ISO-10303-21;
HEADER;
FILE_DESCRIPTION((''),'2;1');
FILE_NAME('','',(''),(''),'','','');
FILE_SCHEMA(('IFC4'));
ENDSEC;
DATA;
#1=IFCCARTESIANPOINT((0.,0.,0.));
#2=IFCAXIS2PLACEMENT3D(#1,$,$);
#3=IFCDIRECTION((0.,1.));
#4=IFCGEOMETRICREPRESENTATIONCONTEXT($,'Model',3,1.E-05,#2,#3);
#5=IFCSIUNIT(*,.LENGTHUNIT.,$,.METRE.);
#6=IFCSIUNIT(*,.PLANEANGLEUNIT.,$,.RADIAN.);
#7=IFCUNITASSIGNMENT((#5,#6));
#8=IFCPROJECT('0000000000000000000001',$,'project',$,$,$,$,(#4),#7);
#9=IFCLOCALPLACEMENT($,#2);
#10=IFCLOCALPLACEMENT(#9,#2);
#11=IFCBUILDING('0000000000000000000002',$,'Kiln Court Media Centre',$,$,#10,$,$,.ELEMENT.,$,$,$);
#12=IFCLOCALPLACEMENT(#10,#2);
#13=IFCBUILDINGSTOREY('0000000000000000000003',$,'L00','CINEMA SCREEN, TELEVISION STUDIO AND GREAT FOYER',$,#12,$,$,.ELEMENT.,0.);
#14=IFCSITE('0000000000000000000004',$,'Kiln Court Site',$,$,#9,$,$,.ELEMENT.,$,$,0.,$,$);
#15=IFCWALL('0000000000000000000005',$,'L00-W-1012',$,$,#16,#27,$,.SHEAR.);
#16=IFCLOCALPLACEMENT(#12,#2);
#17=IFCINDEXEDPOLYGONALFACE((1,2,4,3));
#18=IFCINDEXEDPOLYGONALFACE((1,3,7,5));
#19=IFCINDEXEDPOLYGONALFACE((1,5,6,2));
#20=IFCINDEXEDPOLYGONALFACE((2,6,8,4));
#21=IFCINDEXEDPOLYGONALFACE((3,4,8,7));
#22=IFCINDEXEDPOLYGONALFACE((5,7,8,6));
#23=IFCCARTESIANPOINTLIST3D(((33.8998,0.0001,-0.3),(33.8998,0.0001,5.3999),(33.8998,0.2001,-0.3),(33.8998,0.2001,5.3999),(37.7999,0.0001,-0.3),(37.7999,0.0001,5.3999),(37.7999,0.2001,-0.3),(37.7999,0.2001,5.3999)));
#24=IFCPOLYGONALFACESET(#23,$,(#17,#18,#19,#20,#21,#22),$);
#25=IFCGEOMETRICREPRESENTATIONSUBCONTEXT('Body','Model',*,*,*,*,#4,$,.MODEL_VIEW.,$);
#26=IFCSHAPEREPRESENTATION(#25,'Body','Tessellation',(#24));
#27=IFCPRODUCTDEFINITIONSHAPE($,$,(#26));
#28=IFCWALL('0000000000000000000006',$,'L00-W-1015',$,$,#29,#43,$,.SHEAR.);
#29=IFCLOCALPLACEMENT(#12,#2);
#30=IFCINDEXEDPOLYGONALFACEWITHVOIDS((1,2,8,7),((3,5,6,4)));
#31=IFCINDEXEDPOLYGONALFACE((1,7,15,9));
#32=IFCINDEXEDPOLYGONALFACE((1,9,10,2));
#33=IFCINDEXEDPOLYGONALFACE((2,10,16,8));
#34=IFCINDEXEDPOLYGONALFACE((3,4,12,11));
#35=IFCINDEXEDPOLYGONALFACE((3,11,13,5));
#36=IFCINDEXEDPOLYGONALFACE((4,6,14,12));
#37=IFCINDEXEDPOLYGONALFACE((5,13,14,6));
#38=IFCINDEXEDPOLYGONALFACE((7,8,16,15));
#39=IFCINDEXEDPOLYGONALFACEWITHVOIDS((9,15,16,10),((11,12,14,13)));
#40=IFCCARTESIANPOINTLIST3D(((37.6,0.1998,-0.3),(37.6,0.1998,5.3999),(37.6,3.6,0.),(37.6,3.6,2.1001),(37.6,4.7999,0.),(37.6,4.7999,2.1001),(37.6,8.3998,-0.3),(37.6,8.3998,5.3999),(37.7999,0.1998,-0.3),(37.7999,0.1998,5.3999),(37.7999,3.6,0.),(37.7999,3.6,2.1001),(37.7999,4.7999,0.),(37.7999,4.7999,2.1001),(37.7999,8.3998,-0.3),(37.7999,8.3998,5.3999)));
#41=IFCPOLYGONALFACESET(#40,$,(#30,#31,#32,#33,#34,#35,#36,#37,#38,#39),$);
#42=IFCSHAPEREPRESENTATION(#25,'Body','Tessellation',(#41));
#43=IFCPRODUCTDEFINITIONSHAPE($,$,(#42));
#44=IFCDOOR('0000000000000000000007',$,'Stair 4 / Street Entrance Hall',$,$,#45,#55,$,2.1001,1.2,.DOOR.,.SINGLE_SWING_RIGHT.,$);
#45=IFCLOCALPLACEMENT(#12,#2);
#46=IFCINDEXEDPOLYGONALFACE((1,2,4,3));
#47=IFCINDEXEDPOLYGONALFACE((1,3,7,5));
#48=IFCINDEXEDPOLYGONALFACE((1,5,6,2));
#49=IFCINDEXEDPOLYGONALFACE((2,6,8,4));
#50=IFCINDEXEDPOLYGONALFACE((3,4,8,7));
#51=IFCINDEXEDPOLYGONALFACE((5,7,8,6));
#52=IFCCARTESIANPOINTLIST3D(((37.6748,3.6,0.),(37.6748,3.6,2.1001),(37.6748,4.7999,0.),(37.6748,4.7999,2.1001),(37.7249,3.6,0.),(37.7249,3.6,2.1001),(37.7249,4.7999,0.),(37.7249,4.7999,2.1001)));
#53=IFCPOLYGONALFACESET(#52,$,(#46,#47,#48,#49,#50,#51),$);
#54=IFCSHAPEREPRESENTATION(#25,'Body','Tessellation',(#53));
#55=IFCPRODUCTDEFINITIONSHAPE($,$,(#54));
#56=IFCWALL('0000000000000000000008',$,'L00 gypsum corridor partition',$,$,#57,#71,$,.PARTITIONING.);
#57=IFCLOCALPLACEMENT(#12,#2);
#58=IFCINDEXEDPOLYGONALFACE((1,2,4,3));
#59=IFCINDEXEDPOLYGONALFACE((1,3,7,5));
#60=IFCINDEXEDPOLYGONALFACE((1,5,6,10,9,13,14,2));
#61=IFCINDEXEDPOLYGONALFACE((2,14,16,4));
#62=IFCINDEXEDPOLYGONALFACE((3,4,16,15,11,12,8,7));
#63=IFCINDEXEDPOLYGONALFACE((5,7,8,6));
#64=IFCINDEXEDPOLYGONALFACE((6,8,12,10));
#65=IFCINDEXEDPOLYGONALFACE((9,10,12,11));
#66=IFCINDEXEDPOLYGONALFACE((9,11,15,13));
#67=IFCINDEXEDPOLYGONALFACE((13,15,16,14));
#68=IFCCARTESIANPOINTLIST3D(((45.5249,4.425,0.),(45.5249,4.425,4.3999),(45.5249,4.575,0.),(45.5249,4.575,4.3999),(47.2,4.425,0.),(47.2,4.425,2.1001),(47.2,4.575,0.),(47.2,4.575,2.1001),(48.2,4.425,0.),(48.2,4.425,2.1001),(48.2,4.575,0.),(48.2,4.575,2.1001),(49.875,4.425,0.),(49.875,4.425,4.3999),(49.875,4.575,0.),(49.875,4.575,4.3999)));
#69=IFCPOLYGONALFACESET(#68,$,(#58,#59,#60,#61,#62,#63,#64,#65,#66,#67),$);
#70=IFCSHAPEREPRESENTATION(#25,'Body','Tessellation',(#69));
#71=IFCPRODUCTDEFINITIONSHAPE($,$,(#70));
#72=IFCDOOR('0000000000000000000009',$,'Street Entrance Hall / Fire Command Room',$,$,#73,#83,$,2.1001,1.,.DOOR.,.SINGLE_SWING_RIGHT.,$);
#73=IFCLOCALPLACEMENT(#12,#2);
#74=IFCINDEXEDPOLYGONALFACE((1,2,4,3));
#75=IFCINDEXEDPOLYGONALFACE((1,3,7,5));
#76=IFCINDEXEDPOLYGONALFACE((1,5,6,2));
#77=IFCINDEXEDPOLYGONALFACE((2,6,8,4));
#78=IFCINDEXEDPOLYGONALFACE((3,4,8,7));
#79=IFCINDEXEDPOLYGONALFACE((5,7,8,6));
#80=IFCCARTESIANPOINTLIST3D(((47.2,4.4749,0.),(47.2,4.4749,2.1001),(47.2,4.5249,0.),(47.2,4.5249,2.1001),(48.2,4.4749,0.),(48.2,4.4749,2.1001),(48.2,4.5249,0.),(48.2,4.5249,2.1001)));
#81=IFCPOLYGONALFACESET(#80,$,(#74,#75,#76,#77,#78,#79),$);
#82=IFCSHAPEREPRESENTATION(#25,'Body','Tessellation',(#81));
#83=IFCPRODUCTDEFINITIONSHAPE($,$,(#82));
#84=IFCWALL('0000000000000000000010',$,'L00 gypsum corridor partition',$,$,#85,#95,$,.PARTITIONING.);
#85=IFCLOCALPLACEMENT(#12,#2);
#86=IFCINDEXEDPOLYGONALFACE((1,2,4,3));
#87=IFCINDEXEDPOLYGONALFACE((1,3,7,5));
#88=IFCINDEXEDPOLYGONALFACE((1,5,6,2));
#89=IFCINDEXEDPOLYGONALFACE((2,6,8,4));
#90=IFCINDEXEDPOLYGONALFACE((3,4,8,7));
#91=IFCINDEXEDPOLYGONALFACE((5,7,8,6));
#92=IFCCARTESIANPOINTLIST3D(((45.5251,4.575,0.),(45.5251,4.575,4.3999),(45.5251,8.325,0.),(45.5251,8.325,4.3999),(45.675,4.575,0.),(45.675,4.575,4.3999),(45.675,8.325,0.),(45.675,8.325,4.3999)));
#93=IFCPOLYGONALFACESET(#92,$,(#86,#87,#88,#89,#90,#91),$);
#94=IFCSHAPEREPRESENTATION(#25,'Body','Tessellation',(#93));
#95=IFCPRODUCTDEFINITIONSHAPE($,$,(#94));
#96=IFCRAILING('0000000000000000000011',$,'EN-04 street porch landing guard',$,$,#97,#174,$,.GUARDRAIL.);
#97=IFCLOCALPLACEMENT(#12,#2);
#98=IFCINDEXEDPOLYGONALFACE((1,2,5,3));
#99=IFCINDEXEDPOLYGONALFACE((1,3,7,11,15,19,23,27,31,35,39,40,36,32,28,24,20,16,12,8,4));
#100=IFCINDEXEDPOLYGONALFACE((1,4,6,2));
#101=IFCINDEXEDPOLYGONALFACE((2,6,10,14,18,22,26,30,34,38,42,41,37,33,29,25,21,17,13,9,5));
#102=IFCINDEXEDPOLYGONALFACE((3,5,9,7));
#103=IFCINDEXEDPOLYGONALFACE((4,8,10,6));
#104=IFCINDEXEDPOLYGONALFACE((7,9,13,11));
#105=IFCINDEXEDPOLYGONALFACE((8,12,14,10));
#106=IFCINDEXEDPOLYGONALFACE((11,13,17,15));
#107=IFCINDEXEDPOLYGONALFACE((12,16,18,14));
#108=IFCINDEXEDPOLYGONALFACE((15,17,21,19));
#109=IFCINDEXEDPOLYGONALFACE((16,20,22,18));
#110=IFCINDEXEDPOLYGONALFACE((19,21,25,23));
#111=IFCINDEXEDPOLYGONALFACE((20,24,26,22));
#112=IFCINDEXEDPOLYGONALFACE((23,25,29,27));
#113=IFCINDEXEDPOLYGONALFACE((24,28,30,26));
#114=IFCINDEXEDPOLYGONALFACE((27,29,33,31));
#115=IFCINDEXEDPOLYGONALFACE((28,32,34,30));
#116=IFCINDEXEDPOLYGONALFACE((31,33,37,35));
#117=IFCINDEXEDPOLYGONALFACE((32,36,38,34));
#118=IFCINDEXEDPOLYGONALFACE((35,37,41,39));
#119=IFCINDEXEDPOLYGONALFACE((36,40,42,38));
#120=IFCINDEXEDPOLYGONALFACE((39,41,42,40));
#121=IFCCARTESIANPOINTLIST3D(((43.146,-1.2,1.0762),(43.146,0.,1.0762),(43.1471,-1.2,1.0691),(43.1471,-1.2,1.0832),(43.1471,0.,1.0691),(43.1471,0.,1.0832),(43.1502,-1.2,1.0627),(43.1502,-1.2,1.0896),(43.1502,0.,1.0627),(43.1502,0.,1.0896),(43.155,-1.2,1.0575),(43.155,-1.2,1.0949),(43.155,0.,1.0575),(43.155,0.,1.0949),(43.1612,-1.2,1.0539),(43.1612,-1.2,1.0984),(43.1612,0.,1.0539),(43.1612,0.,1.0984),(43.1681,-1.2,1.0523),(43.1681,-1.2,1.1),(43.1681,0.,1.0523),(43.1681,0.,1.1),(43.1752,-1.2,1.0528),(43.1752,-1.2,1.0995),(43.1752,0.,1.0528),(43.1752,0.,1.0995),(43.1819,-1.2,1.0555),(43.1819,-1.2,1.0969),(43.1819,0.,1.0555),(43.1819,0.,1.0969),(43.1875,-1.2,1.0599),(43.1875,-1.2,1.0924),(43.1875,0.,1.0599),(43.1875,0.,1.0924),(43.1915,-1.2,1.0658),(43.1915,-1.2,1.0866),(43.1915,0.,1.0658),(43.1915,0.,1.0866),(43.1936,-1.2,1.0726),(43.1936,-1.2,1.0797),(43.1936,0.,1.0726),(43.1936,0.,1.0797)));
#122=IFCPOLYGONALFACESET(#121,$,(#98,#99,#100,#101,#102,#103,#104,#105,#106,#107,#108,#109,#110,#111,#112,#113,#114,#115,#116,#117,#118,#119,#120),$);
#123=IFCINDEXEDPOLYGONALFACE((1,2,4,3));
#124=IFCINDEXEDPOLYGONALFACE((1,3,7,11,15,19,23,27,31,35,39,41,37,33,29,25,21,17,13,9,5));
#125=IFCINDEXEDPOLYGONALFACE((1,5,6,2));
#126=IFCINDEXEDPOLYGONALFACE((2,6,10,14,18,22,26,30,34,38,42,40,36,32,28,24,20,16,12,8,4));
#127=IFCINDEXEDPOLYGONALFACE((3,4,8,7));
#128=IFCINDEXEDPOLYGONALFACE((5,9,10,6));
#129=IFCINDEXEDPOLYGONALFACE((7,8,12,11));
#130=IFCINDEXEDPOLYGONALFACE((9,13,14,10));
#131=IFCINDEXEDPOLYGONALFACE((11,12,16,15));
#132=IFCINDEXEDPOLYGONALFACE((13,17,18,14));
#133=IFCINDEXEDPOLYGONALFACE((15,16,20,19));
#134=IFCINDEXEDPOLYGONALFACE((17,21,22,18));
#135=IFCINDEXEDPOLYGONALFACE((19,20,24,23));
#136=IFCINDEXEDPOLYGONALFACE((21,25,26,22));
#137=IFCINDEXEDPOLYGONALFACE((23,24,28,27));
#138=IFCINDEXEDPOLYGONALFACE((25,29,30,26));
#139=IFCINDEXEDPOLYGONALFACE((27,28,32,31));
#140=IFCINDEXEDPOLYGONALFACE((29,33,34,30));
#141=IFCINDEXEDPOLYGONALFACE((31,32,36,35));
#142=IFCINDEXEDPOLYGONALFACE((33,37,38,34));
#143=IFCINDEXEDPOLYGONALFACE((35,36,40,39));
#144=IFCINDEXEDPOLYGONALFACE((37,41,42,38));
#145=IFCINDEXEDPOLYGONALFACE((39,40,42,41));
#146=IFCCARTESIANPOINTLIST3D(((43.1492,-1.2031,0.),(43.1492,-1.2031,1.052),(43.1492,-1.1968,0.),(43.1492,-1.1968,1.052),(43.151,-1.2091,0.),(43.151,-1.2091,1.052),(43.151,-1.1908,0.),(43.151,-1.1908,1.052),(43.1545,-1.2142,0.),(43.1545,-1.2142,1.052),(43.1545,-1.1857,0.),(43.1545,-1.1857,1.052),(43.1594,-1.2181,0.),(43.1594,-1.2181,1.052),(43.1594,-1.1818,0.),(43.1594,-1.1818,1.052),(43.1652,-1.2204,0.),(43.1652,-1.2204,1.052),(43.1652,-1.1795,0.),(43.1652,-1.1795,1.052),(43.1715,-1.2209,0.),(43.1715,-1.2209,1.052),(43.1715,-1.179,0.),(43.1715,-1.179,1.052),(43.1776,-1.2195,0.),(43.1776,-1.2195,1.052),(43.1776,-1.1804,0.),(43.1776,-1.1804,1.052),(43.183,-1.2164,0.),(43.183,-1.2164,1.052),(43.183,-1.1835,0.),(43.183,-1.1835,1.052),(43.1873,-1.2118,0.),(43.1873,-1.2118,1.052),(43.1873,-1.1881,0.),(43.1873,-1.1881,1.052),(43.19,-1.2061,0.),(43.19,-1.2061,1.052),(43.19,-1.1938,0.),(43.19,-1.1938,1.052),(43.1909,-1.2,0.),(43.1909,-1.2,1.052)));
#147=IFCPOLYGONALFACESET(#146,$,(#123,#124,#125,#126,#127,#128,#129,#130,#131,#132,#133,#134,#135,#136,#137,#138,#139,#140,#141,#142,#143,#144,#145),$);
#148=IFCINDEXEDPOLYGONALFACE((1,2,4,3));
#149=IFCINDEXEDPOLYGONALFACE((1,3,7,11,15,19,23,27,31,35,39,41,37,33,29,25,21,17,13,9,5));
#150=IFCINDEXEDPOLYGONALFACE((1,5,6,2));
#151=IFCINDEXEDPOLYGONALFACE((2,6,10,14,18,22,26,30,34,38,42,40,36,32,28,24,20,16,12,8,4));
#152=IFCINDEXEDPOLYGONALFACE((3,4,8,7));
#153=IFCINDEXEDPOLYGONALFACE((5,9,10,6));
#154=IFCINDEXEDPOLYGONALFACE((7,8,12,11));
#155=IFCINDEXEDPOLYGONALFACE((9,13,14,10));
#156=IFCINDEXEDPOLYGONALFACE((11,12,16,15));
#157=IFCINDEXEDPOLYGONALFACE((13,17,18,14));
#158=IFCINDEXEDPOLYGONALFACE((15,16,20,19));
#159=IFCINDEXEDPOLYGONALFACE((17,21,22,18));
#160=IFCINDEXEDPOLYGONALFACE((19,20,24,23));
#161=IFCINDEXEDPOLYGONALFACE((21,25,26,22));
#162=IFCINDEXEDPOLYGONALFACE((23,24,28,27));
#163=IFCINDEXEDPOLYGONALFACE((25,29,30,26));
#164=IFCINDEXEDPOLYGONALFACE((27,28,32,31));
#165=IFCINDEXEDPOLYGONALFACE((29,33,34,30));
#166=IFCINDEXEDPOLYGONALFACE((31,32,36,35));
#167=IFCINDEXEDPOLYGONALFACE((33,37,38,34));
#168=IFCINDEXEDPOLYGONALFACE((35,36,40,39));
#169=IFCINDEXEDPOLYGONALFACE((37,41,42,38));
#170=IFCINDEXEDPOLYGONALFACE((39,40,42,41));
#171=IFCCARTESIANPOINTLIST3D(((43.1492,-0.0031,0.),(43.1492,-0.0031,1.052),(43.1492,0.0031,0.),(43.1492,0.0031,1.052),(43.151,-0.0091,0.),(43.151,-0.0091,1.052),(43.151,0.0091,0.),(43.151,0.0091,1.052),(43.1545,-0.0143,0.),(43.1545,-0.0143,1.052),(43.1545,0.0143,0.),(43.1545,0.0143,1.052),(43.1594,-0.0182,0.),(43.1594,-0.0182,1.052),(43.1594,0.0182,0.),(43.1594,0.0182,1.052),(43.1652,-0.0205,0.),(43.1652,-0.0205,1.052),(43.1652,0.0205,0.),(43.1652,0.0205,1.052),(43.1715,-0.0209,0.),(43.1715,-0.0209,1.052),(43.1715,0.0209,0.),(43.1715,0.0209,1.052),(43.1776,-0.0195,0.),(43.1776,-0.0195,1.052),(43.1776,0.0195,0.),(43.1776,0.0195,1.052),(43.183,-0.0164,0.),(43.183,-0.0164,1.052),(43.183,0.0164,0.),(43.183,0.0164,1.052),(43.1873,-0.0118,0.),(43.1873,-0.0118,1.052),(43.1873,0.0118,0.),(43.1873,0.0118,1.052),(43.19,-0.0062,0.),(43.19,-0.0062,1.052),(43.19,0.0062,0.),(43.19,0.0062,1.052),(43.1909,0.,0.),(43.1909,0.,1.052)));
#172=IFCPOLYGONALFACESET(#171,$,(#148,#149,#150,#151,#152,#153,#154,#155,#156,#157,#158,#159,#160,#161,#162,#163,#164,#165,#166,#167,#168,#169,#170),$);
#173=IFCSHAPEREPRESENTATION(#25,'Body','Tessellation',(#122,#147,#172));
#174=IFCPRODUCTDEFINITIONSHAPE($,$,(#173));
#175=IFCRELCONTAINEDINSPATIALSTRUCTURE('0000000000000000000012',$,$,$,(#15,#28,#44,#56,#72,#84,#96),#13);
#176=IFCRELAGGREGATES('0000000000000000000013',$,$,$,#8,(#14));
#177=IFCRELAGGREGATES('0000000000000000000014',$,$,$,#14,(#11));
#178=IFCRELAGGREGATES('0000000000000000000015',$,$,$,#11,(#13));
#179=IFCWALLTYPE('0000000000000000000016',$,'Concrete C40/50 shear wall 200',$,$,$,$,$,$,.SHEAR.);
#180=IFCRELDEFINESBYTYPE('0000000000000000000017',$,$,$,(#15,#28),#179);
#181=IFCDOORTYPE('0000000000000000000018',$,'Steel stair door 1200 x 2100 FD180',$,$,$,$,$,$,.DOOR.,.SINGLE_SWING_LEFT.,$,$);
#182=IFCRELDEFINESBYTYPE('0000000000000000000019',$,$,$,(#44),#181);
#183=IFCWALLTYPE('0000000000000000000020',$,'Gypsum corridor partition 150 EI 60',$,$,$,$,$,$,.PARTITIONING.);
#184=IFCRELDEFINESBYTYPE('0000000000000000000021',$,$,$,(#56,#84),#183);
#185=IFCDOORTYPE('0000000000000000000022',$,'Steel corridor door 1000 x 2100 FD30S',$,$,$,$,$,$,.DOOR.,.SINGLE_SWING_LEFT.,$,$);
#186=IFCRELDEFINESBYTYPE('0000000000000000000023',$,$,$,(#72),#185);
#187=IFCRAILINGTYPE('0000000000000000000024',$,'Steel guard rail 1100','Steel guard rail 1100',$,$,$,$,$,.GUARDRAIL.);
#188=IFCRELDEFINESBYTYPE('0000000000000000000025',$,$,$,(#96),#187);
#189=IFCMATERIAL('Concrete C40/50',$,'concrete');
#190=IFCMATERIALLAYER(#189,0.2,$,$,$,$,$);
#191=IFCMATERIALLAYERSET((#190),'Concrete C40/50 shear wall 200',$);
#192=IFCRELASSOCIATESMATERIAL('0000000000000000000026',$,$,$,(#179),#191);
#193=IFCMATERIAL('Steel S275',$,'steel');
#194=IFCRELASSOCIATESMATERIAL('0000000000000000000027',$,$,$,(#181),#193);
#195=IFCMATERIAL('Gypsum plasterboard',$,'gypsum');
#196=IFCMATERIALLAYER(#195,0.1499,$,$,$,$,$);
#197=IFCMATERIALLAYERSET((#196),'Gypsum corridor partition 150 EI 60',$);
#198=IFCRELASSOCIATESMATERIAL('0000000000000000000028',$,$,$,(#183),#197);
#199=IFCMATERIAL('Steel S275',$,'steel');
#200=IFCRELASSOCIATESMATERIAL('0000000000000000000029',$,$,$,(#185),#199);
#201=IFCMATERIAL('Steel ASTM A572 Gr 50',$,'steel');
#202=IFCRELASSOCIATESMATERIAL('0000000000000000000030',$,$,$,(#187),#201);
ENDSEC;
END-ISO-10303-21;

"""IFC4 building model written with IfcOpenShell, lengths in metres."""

from ifc_helpers import new_model, si_unit, direction, frame, frame_2d, origin, origin_2d, place, context, subcontext, project, spatial, rectangle, circle, extrude, material, layer, layer_set, type_object, element, fill, save


model = new_model("IFC4")

# Units and contexts
model_context = context("Model", 3, precision=1e-05, world=origin(), true_north=direction((0.0, 1.0)))
body_context = subcontext(model_context, "Body", "Model", "MODEL_VIEW")
ifc_project = project(units=[si_unit("LENGTHUNIT", "METRE"), si_unit("PLANEANGLEUNIT", "RADIAN")], contexts=[model_context])

# Site, building, storey
site_placement = place(None, origin())
site = spatial("IfcSite", under=ifc_project, at=site_placement, Name="Kiln Court Site", CompositionType="ELEMENT", RefElevation=0.0)
building_placement = place(site_placement, origin())
building = spatial("IfcBuilding", under=site, at=building_placement, Name="Kiln Court Media Centre", CompositionType="ELEMENT")
storey_placement = place(building_placement, origin())
storey = spatial("IfcBuildingStorey", under=building, at=storey_placement, Name="L00", Description="CINEMA SCREEN, TELEVISION STUDIO AND GREAT FOYER", CompositionType="ELEMENT", Elevation=0.0)

# Wall
ifc_material_1 = material(Name="Concrete C40/50", Category="concrete")
ifc_layer_1 = layer(ifc_material_1, 0.2)
ifc_layer_set_1 = layer_set([ifc_layer_1], Name="Concrete C40/50 shear wall 200")
wall_type_1 = type_object("IfcWallType", Name="Concrete C40/50 shear wall 200", PredefinedType="SHEAR", material=ifc_layer_set_1)
wall_1_placement = place(storey_placement, frame((37.8, 0.1001, -0.3), z_axis=(0.0, 0.0, 1.0), x_axis=(-1.0, 0.0, 0.0)))
element("IfcWall", 1, at=wall_1_placement, inside=storey, type_object=wall_type_1, Name="L00-W-1012", PredefinedType="SHEAR", context=body_context, shape_type="SweptSolid", body=[
    extrude(rectangle(XDim=3.9001, YDim=0.2, at=frame_2d((1.9502, 0.0))), origin(), (0.0, 0.0, 1.0), 5.7),
])

# Walls, openings, doors
wall_2_placement = place(storey_placement, frame((37.7, 8.3999, -0.3), z_axis=(0.0, 0.0, 1.0), x_axis=(0.0, -1.0, 0.0)))
wall_2 = element("IfcWall", 2, at=wall_2_placement, inside=storey, type_object=wall_type_1, Name="L00-W-1015", PredefinedType="SHEAR", context=body_context, shape_type="SweptSolid", body=[
    extrude(rectangle(XDim=8.2, YDim=0.2, at=frame_2d((4.1001, 0.0))), origin(), (0.0, 0.0, 1.0), 5.7),
])
opening_1_placement = place(wall_2_placement, frame((3.5999, 0.0, 0.3)))
opening_1 = element("IfcOpeningElement", 3, at=opening_1_placement, cuts=wall_2, PredefinedType="OPENING", context=body_context, shape_type="SweptSolid", body=[
    extrude(rectangle(XDim=1.2, YDim=2.1001, at=frame_2d((0.6001, 1.05))), frame((0.0, 0.1099, 0.0), z_axis=(0.0, -1.0, 0.0), x_axis=(1.0, 0.0, 0.0)), (0.0, 0.0, 1.0), 0.22),
])
ifc_material_2 = material(Name="Steel S275", Category="steel")
door_type_1 = type_object("IfcDoorType", Name="Steel stair door 1200 x 2100 FD180", OperationType="SINGLE_SWING_LEFT", PredefinedType="DOOR", material=ifc_material_2)
door_1_placement = place(opening_1_placement, origin())
door_1 = element("IfcDoor", 4, at=door_1_placement, inside=storey, type_object=door_type_1, Name="Stair 4 / Street Entrance Hall", OperationType="SINGLE_SWING_RIGHT", OverallHeight=2.1001, OverallWidth=1.2, PredefinedType="DOOR", context=body_context, shape_type="SweptSolid", body=[
    extrude(rectangle(XDim=1.2, YDim=2.1001, at=frame_2d((0.6001, 1.05))), frame((0.0, 0.0249, 0.0), z_axis=(0.0, -1.0, 0.0), x_axis=(1.0, 0.0, 0.0)), (0.0, 0.0, 1.0), 0.05),
])
fill(opening_1, door_1)
ifc_material_3 = material(Name="Gypsum plasterboard", Category="gypsum")
ifc_layer_2 = layer(ifc_material_3, 0.1499)
ifc_layer_set_2 = layer_set([ifc_layer_2], Name="Gypsum corridor partition 150 EI 60")
wall_type_2 = type_object("IfcWallType", Name="Gypsum corridor partition 150 EI 60", PredefinedType="PARTITIONING", material=ifc_layer_set_2)
wall_3_placement = place(storey_placement, frame((45.5249, 4.5, 0.0), z_axis=(0.0, 0.0, 1.0), x_axis=(1.0, 0.0, 0.0)))
wall_3 = element("IfcWall", 5, at=wall_3_placement, inside=storey, type_object=wall_type_2, Name="L00 gypsum corridor partition", PredefinedType="PARTITIONING", context=body_context, shape_type="SweptSolid", body=[
    extrude(rectangle(XDim=4.3501, YDim=0.1499, at=frame_2d((2.175, 0.0))), origin(), (0.0, 0.0, 1.0), 4.3999),
])
opening_2_placement = place(wall_3_placement, frame((1.675, 0.0, 0.0)))
opening_2 = element("IfcOpeningElement", 6, at=opening_2_placement, cuts=wall_3, PredefinedType="OPENING", context=body_context, shape_type="SweptSolid", body=[
    extrude(rectangle(XDim=1.0, YDim=2.1001, at=frame_2d((0.5, 1.05))), frame((0.0, 0.085, 0.0), z_axis=(0.0, -1.0, 0.0), x_axis=(1.0, 0.0, 0.0)), (0.0, 0.0, 1.0), 0.1699),
])
ifc_material_4 = material(Name="Steel S275", Category="steel")
door_type_2 = type_object("IfcDoorType", Name="Steel corridor door 1000 x 2100 FD30S", OperationType="SINGLE_SWING_LEFT", PredefinedType="DOOR", material=ifc_material_4)
door_2_placement = place(opening_2_placement, origin())
door_2 = element("IfcDoor", 7, at=door_2_placement, inside=storey, type_object=door_type_2, Name="Street Entrance Hall / Fire Command Room", OperationType="SINGLE_SWING_RIGHT", OverallHeight=2.1001, OverallWidth=1.0, PredefinedType="DOOR", context=body_context, shape_type="SweptSolid", body=[
    extrude(rectangle(XDim=1.0, YDim=2.1001, at=frame_2d((0.5, 1.05))), frame((0.0, 0.0249, 0.0), z_axis=(0.0, -1.0, 0.0), x_axis=(1.0, 0.0, 0.0)), (0.0, 0.0, 1.0), 0.05),
])
fill(opening_2, door_2)

# Wall
wall_4_placement = place(storey_placement, frame((45.6001, 4.575, 0.0), z_axis=(0.0, 0.0, 1.0), x_axis=(0.0, 1.0, 0.0)))
element("IfcWall", 8, at=wall_4_placement, inside=storey, type_object=wall_type_2, Name="L00 gypsum corridor partition", PredefinedType="PARTITIONING", context=body_context, shape_type="SweptSolid", body=[
    extrude(rectangle(XDim=3.75, YDim=0.1499, at=frame_2d((1.875, 0.0))), origin(), (0.0, 0.0, 1.0), 4.3999),
])

# Railing
ifc_material_5 = material(Name="Steel ASTM A572 Gr 50", Category="steel")
railing_type_1 = type_object("IfcRailingType", Name="Steel guard rail 1100", Description="Steel guard rail 1100", PredefinedType="GUARDRAIL", material=ifc_material_5)
railing_1_placement = place(storey_placement, frame((43.1699, -1.2, 0.0)))
element("IfcRailing", 9, at=railing_1_placement, inside=storey, type_object=railing_type_1, Name="EN-04 street porch landing guard", PredefinedType="GUARDRAIL", context=body_context, shape_type="SweptSolid", body=[
    extrude(circle(Radius=0.0239, at=origin_2d()), frame((0.0, 0.0, 1.0762), z_axis=(0.0, 1.0, 0.0), x_axis=(-1.0, 0.0, 0.0)), (0.0, 0.0, 1.0), 1.2),
    extrude(circle(Radius=0.021, at=origin_2d()), origin(), (0.0, 0.0, 1.0), 1.052),
    extrude(circle(Radius=0.021, at=origin_2d()), frame((0.0, 1.2, 0.0)), (0.0, 0.0, 1.0), 1.052),
])

save(model, "model.ifc")
